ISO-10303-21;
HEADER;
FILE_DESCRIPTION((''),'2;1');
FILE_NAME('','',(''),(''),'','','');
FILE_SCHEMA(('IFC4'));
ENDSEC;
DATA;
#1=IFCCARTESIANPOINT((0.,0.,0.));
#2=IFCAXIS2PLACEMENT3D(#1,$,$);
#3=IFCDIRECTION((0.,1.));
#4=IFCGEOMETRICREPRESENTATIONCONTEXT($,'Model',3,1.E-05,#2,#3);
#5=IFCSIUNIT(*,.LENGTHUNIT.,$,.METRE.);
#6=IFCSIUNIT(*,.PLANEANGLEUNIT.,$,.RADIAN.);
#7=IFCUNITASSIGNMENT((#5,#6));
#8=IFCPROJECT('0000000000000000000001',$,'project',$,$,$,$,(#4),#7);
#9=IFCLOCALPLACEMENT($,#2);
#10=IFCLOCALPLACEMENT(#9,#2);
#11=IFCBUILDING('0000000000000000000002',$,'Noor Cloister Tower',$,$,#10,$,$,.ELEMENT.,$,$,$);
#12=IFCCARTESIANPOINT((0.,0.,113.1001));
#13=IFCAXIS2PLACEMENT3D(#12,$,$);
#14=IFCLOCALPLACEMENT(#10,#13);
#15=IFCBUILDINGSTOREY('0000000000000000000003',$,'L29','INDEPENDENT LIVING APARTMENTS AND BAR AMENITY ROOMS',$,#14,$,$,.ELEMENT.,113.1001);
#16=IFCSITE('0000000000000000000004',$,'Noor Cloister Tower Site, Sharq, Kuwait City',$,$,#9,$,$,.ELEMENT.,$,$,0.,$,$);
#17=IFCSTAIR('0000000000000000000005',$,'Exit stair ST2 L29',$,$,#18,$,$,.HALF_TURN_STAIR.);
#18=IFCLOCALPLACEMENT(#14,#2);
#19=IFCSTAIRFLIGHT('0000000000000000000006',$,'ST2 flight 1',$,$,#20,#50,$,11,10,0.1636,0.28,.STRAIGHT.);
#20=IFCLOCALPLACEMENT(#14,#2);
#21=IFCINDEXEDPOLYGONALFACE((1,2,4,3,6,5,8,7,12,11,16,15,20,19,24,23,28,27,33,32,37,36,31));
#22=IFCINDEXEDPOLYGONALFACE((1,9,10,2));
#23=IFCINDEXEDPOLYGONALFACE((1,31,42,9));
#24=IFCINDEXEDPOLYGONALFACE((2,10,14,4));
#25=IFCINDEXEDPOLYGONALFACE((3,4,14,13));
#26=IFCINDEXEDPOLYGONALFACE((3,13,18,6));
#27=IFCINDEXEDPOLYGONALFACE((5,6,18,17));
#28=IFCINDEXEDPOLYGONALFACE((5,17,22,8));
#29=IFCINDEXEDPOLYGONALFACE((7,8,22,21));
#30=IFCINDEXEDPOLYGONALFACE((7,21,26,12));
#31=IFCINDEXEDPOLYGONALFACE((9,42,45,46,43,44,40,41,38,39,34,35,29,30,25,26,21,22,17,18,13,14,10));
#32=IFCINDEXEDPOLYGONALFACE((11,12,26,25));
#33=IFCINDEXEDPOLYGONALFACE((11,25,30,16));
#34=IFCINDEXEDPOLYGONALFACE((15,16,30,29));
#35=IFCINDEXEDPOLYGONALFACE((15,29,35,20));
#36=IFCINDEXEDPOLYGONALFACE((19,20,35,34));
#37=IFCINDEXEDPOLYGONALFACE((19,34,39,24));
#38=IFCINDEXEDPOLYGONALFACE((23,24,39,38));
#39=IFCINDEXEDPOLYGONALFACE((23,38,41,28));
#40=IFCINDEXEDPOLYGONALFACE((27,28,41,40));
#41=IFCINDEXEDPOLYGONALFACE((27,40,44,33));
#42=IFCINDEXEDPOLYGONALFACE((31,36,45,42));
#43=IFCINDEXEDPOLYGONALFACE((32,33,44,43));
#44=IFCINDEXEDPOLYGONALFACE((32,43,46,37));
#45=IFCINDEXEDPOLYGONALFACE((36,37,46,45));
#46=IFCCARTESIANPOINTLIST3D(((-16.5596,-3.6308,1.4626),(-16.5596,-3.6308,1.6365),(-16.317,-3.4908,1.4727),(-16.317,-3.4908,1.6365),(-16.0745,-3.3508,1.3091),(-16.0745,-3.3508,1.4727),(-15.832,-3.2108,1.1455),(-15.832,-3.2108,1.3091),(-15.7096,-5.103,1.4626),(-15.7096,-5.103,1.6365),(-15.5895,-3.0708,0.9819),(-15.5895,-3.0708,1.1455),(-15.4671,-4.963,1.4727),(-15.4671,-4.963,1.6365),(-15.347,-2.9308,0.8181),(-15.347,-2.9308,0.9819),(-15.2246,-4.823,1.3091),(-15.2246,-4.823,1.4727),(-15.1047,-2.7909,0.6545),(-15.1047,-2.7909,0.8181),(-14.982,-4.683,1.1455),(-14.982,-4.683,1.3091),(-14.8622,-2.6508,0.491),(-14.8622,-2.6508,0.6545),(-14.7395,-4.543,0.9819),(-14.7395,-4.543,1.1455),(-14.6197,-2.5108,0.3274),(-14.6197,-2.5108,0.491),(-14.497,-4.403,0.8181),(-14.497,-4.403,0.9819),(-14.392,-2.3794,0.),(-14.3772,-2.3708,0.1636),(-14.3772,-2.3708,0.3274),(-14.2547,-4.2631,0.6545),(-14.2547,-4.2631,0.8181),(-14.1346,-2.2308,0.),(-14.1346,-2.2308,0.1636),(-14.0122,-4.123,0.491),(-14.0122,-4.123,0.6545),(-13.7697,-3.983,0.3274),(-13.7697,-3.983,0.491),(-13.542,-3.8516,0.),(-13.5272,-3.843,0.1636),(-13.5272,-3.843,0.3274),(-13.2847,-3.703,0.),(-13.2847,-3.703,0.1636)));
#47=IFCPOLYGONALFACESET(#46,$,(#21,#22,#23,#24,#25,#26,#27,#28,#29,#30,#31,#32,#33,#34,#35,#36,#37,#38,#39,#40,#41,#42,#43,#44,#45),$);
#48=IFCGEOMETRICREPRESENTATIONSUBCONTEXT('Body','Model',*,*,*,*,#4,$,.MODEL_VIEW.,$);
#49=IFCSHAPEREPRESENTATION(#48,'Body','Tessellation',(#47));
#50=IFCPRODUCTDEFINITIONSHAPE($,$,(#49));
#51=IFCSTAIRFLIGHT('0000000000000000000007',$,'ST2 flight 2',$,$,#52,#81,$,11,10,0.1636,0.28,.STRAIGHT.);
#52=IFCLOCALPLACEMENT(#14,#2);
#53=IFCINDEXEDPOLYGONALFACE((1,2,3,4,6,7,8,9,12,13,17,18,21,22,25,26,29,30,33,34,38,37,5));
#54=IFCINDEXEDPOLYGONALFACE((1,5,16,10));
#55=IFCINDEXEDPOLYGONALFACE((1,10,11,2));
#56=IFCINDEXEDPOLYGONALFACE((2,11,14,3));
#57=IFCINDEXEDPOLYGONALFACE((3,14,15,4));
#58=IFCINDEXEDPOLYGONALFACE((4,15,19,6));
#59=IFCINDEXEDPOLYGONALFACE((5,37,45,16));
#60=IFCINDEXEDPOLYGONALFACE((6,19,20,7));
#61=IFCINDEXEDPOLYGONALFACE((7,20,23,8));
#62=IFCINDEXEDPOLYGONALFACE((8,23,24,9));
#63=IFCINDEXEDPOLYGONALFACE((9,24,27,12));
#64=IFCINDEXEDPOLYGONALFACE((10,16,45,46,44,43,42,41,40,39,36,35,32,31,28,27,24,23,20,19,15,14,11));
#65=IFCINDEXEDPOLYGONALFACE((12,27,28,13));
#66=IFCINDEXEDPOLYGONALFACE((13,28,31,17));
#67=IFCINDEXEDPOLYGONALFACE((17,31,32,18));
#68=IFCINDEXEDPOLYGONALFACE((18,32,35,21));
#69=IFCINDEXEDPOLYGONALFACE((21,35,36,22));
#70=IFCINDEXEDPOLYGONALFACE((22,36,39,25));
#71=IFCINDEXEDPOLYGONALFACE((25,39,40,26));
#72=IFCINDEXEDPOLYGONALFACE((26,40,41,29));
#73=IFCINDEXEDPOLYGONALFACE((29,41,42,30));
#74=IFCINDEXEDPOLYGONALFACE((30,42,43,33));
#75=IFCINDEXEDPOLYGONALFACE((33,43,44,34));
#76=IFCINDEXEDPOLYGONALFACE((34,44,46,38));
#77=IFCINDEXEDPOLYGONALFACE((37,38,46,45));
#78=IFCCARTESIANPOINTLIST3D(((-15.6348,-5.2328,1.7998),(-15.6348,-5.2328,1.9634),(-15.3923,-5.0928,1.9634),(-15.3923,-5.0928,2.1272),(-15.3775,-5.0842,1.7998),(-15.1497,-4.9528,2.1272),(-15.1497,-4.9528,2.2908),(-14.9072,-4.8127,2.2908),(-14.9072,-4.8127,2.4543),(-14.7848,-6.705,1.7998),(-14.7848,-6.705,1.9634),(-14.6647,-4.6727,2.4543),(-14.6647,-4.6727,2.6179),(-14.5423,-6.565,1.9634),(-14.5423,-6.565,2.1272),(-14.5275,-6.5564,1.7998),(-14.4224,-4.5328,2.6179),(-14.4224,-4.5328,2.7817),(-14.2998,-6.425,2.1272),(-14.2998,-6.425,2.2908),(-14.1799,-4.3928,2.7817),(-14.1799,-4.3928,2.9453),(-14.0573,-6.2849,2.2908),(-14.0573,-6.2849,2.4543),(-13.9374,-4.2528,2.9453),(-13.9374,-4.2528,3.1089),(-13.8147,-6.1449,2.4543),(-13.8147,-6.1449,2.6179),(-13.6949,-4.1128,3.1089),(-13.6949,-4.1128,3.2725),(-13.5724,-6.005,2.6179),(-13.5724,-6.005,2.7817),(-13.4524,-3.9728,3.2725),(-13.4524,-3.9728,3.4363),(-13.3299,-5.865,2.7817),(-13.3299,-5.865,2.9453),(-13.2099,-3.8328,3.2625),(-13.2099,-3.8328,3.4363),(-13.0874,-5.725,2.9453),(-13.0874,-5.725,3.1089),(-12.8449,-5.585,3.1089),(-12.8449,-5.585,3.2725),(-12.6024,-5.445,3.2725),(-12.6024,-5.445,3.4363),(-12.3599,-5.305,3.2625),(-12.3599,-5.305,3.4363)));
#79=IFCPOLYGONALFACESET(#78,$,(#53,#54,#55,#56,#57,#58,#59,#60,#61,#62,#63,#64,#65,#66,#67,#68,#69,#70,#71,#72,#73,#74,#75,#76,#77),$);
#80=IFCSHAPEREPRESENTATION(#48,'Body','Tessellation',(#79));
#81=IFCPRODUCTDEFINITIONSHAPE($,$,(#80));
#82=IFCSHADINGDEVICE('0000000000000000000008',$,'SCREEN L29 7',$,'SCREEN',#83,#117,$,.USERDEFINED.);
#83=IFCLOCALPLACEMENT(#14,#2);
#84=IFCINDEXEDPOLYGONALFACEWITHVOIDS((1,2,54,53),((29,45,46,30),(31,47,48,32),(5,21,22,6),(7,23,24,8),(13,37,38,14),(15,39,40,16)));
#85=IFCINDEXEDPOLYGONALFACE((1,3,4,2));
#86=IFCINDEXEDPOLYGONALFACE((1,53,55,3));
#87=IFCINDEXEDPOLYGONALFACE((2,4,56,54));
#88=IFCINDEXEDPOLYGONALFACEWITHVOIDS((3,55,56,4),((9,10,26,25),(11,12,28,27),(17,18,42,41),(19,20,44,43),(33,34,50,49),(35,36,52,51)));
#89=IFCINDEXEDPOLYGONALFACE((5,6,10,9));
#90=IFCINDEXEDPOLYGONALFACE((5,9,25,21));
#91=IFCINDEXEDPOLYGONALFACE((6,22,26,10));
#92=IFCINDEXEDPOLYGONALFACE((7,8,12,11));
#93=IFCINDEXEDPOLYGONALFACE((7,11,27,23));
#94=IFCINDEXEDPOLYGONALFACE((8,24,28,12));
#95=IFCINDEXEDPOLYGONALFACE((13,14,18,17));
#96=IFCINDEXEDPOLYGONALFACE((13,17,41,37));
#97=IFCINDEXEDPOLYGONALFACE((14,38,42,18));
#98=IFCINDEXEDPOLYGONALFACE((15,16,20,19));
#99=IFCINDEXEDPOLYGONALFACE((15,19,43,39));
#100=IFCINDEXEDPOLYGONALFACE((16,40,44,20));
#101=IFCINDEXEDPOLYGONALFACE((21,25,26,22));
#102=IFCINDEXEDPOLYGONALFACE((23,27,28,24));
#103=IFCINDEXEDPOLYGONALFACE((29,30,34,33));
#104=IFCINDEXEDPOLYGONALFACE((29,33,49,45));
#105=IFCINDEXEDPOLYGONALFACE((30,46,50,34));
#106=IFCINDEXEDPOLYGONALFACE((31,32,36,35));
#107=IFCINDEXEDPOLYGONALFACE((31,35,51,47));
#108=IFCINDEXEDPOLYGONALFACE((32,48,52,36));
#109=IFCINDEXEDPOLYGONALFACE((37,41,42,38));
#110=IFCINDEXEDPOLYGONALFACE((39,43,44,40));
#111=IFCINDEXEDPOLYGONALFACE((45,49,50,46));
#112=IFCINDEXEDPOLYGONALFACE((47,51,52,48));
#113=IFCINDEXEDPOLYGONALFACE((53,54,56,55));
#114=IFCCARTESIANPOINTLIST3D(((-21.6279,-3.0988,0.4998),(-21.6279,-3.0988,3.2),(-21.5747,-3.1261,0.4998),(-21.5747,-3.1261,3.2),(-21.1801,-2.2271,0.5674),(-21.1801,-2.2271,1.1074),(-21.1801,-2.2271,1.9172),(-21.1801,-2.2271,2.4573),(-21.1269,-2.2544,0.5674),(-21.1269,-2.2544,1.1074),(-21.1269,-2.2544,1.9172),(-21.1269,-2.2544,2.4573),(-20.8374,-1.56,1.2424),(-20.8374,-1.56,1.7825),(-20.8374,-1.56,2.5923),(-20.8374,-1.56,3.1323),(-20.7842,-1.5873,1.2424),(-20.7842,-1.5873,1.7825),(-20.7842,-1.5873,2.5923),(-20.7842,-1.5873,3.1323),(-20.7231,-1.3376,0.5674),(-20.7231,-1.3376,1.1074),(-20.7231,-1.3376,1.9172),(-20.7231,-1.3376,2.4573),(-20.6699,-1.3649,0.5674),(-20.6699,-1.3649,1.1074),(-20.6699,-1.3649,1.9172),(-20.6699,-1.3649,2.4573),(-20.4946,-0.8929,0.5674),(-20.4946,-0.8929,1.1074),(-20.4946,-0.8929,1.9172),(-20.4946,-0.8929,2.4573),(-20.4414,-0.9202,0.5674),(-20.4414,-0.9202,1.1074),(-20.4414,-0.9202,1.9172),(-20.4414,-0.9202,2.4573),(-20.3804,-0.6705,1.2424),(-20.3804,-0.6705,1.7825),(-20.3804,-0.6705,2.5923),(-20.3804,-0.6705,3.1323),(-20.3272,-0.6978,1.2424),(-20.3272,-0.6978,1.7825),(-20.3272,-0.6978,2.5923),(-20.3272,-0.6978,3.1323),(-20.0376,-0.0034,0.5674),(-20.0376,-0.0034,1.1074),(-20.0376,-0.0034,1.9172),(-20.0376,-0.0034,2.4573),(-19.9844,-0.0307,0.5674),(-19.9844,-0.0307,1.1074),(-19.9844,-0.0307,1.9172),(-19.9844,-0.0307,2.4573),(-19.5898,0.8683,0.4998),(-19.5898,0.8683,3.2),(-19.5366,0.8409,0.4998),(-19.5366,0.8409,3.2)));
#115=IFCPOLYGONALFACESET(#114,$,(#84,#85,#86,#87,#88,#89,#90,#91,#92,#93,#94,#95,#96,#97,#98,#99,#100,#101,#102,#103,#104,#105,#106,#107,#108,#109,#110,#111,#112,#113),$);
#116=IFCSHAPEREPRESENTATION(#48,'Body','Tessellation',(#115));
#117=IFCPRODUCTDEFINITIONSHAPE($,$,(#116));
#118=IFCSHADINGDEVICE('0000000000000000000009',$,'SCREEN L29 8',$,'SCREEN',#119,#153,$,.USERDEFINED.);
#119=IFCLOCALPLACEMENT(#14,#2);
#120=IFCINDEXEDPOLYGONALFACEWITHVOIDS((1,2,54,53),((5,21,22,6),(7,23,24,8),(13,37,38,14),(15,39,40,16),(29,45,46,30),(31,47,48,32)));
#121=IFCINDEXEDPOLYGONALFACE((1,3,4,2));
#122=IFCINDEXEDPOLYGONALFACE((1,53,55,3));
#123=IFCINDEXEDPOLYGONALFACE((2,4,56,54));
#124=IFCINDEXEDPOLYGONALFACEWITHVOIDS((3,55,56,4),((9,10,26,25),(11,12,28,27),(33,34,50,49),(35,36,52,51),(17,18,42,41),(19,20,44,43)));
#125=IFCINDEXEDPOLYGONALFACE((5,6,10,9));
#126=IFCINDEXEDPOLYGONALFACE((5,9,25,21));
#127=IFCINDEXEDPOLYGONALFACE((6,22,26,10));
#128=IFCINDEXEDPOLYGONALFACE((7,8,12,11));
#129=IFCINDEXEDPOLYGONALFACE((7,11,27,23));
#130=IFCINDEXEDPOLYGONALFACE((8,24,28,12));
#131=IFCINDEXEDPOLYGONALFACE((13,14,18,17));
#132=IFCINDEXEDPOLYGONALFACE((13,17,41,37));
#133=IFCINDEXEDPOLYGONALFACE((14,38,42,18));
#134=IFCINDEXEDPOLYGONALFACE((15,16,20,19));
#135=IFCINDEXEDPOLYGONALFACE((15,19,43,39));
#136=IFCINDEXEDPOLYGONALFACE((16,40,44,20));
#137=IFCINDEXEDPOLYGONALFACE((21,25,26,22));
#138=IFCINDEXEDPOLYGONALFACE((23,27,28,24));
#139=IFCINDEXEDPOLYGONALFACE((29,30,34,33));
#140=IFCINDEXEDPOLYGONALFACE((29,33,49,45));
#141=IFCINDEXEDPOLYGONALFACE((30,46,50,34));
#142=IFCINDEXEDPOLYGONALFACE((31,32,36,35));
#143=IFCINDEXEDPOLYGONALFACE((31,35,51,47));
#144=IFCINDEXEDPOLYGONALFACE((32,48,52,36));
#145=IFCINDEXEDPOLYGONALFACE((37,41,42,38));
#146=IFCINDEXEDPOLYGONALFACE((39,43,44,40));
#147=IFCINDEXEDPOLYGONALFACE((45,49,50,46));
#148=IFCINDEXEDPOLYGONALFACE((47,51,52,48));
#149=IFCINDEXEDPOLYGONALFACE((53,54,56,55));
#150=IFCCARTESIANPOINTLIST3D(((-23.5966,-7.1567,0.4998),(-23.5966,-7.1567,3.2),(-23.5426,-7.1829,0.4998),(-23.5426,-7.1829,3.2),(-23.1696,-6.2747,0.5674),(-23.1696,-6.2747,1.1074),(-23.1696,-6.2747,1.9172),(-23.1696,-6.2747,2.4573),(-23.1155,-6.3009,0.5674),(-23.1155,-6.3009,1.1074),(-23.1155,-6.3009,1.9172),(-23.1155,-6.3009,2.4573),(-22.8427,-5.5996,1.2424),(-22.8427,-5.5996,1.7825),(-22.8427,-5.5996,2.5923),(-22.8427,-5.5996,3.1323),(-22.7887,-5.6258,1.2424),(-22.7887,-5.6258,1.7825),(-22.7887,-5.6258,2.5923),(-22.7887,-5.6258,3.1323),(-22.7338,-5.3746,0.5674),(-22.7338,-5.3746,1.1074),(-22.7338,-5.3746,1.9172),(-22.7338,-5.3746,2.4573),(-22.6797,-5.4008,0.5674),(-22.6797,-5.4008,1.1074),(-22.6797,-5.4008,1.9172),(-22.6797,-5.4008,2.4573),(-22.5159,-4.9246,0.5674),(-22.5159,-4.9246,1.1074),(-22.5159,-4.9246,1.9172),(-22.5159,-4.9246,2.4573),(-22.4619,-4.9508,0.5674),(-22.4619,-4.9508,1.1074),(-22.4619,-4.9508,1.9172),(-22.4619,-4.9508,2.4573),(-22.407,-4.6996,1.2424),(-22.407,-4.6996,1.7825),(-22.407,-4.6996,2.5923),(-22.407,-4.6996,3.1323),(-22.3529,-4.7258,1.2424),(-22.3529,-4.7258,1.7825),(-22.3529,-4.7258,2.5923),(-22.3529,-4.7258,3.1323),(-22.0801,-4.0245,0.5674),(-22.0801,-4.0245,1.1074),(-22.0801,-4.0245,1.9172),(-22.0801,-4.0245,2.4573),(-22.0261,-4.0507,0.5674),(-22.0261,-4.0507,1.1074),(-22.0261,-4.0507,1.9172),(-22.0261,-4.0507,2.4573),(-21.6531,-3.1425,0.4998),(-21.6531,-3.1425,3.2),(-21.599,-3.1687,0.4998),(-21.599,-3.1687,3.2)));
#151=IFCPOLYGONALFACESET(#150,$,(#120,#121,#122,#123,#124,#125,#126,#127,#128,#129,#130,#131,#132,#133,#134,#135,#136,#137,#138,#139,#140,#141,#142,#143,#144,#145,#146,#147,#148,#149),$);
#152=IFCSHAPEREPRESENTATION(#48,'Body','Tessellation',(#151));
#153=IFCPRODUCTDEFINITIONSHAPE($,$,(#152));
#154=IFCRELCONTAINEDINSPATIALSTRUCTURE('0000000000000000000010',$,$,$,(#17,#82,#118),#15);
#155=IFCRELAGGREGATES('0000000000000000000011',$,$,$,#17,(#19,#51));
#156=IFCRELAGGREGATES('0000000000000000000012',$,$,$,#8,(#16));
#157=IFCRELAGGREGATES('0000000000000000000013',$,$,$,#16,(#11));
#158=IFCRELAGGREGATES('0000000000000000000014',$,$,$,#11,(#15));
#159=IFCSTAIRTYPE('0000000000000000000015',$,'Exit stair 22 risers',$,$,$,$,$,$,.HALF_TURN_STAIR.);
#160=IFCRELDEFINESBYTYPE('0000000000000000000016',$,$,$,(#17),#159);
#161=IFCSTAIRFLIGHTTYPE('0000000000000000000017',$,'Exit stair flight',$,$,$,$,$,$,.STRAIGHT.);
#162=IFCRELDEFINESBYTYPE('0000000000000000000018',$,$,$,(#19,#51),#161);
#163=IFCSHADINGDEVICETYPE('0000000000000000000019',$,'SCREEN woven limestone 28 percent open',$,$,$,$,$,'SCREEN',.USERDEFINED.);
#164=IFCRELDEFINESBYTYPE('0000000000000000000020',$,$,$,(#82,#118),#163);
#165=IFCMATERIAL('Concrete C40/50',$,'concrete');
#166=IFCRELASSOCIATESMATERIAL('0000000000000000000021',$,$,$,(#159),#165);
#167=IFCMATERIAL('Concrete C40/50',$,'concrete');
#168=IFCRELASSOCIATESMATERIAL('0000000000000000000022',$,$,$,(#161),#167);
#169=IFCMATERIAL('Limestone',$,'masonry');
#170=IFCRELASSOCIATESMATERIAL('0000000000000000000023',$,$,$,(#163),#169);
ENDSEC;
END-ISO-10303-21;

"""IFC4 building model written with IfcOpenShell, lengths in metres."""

from ifc_helpers import new_model, si_unit, direction, frame, origin, place, context, subcontext, project, spatial, polyline, outline, extrude, material, material_profile, profile_set, type_object, element, aggregate, save


model = new_model("IFC4")

# Units and contexts
model_context = context("Model", 3, precision=1e-05, world=origin(), true_north=direction((0.0, 1.0)))
body_context = subcontext(model_context, "Body", "Model", "MODEL_VIEW")
ifc_project = project(units=[si_unit("LENGTHUNIT", "METRE"), si_unit("PLANEANGLEUNIT", "RADIAN")], contexts=[model_context])

# Site, building, storey
site_placement = place(None, origin())
site = spatial("IfcSite", under=ifc_project, at=site_placement, Name="Noor Cloister Tower Site, Sharq, Kuwait City", CompositionType="ELEMENT", RefElevation=0.0)
building_placement = place(site_placement, origin())
building = spatial("IfcBuilding", under=site, at=building_placement, Name="Noor Cloister Tower", CompositionType="ELEMENT")
storey_placement = place(building_placement, frame((0.0, 0.0, 113.1001)))
storey = spatial("IfcBuildingStorey", under=building, at=storey_placement, Name="L29", Description="INDEPENDENT LIVING APARTMENTS AND BAR AMENITY ROOMS", CompositionType="ELEMENT", Elevation=113.1001)

# Stair, stair flights
ifc_material_1 = material(Name="Concrete C40/50", Category="concrete")
stair_type = type_object("IfcStairType", Name="Exit stair 22 risers", PredefinedType="HALF_TURN_STAIR", material=ifc_material_1)
stair_placement = place(storey_placement, origin())
stair = element("IfcStair", 1, at=stair_placement, inside=storey, type_object=stair_type, Name="Exit stair ST2 L29", PredefinedType="HALF_TURN_STAIR")
ifc_material_2 = material(Name="Concrete C40/50", Category="concrete")
stair_flight_type = type_object("IfcStairFlightType", Name="Exit stair flight", PredefinedType="STRAIGHT", material=ifc_material_2)
stair_flight_1_placement = place(storey_placement, frame((-13.7097, -2.9668, 0.0), z_axis=(0.0, 0.0, 1.0), x_axis=(-0.866025, -0.5, 0.0)))
stair_flight_1 = element("IfcStairFlight", 2, at=stair_flight_1_placement, type_object=stair_flight_type, Name="ST2 flight 1", NumberOfRisers=11, NumberOfTreads=10, PredefinedType="STRAIGHT", RiserHeight=0.1636, TreadLength=0.28, context=body_context, shape_type="SweptSolid", body=[
    extrude(outline(polyline([(0.0, 0.0), (0.0, 0.1636), (0.28, 0.1636), (0.28, 0.3274), (0.5601, 0.3274), (0.5601, 0.491), (0.8401, 0.491), (0.8401, 0.6545), (1.1201, 0.6545), (1.1201, 0.8181), (1.3999, 0.8181), (1.3999, 0.9819), (1.6799, 0.9819), (1.6799, 1.1455), (1.96, 1.1455), (1.96, 1.3091), (2.24, 1.3091), (2.24, 1.4727), (2.52, 1.4727), (2.52, 1.6365), (2.8, 1.6365), (2.8, 1.8), (2.8, 1.4626), (0.2971, 0.0), (0.0, 0.0)])), frame((0.0, 0.8501, 0.0), z_axis=(0.0, -1.0, 0.0), x_axis=(1.0, 0.0, 0.0)), (0.0, 0.0, 1.0), 1.7),
])
stair_flight_2_placement = place(storey_placement, frame((-15.2097, -5.969, 1.7998), z_axis=(0.0, 0.0, 1.0), x_axis=(0.866025, 0.5, 0.0)))
stair_flight_2 = element("IfcStairFlight", 3, at=stair_flight_2_placement, type_object=stair_flight_type, Name="ST2 flight 2", NumberOfRisers=11, NumberOfTreads=10, PredefinedType="STRAIGHT", RiserHeight=0.1636, TreadLength=0.28, context=body_context, shape_type="SweptSolid", body=[
    extrude(outline(polyline([(0.0, 0.0), (0.0, 0.1636), (0.28, 0.1636), (0.28, 0.3274), (0.5601, 0.3274), (0.5601, 0.491), (0.8401, 0.491), (0.8401, 0.6545), (1.1201, 0.6545), (1.1201, 0.8181), (1.3999, 0.8181), (1.3999, 0.9819), (1.6799, 0.9819), (1.6799, 1.1455), (1.96, 1.1455), (1.96, 1.3091), (2.24, 1.3091), (2.24, 1.4727), (2.52, 1.4727), (2.52, 1.6365), (2.8, 1.6365), (2.8, 1.8), (2.8, 1.4626), (0.2971, 0.0), (0.0, 0.0)])), frame((0.0, 0.8501, 0.0), z_axis=(0.0, -1.0, 0.0), x_axis=(1.0, 0.0, 0.0)), (0.0, 0.0, 1.0), 1.7),
])
aggregate(stair, [stair_flight_1, stair_flight_2])

# Shading devices
ifc_material_3 = material(Name="Limestone", Category="masonry")
ifc_material_profile_1 = material_profile(ifc_material_3, outline(polyline([(-2.23, -1.3501), (2.23, -1.3501), (2.23, 1.3501), (-2.23, 1.3501), (-2.23, -1.3501)]), holes=[polyline([(-1.25, -1.2825), (-0.25, -1.2825), (-0.25, -0.7424), (-1.25, -0.7424), (-1.25, -1.2825)]), polyline([(0.25, -1.2825), (1.25, -1.2825), (1.25, -0.7424), (0.25, -0.7424), (0.25, -1.2825)]), polyline([(-0.5, -0.6074), (0.5, -0.6074), (0.5, -0.0674), (-0.5, -0.0674), (-0.5, -0.6074)]), polyline([(-1.25, 0.0674), (-0.25, 0.0674), (-0.25, 0.6074), (-1.25, 0.6074), (-1.25, 0.0674)]), polyline([(0.25, 0.0674), (1.25, 0.0674), (1.25, 0.6074), (0.25, 0.6074), (0.25, 0.0674)]), polyline([(-0.5, 0.7424), (0.5, 0.7424), (0.5, 1.2825), (-0.5, 1.2825), (-0.5, 0.7424)])]), Name="Woven screen 28 percent open")
ifc_profile_set_1 = profile_set([ifc_material_profile_1], Name="Limestone")
shading_device_type = type_object("IfcShadingDeviceType", Name="SCREEN woven limestone 28 percent open", ElementType="SCREEN", PredefinedType="USERDEFINED", material=ifc_profile_set_1)
shading_device_1_placement = place(storey_placement, frame((-20.5557, -1.1426, 1.8499), z_axis=(-0.889477, 0.456979, 0.0), x_axis=(-0.456979, -0.889477, 0.0)))
element("IfcShadingDevice", 4, at=shading_device_1_placement, inside=storey, type_object=shading_device_type, Name="SCREEN L29 7", ObjectType="SCREEN", PredefinedType="USERDEFINED", context=body_context, shape_type="SweptSolid", body=[
    extrude(outline(polyline([(-2.23, -1.3501), (2.23, -1.3501), (2.23, 1.3501), (-2.23, 1.3501), (-2.23, -1.3501)]), holes=[polyline([(-1.25, -1.2825), (-0.25, -1.2825), (-0.25, -0.7424), (-1.25, -0.7424), (-1.25, -1.2825)]), polyline([(0.25, -1.2825), (1.25, -1.2825), (1.25, -0.7424), (0.25, -0.7424), (0.25, -1.2825)]), polyline([(-0.5, -0.6074), (0.5, -0.6074), (0.5, -0.0674), (-0.5, -0.0674), (-0.5, -0.6074)]), polyline([(-1.25, 0.0674), (-0.25, 0.0674), (-0.25, 0.6074), (-1.25, 0.6074), (-1.25, 0.0674)]), polyline([(0.25, 0.0674), (1.25, 0.0674), (1.25, 0.6074), (0.25, 0.6074), (0.25, 0.0674)]), polyline([(-0.5, 0.7424), (0.5, 0.7424), (0.5, 1.2825), (-0.5, 1.2825), (-0.5, 0.7424)])]), origin(), (0.0, 0.0, 1.0), 0.0598),
])
shading_device_2_placement = place(storey_placement, frame((-22.5708, -5.1758, 1.8499), z_axis=(-0.900056, 0.435774, 0.0), x_axis=(-0.435774, -0.900056, 0.0)))
element("IfcShadingDevice", 5, at=shading_device_2_placement, inside=storey, type_object=shading_device_type, Name="SCREEN L29 8", ObjectType="SCREEN", PredefinedType="USERDEFINED", context=body_context, shape_type="SweptSolid", body=[
    extrude(outline(polyline([(-2.23, -1.3501), (2.23, -1.3501), (2.23, 1.3501), (-2.23, 1.3501), (-2.23, -1.3501)]), holes=[polyline([(-1.25, -1.2825), (-0.25, -1.2825), (-0.25, -0.7424), (-1.25, -0.7424), (-1.25, -1.2825)]), polyline([(0.25, -1.2825), (1.25, -1.2825), (1.25, -0.7424), (0.25, -0.7424), (0.25, -1.2825)]), polyline([(-0.5, -0.6074), (0.5, -0.6074), (0.5, -0.0674), (-0.5, -0.0674), (-0.5, -0.6074)]), polyline([(-1.25, 0.0674), (-0.25, 0.0674), (-0.25, 0.6074), (-1.25, 0.6074), (-1.25, 0.0674)]), polyline([(0.25, 0.0674), (1.25, 0.0674), (1.25, 0.6074), (0.25, 0.6074), (0.25, 0.0674)]), polyline([(-0.5, 0.7424), (0.5, 0.7424), (0.5, 1.2825), (-0.5, 1.2825), (-0.5, 0.7424)])]), origin(), (0.0, 0.0, 1.0), 0.0601),
])

save(model, "model.ifc")
